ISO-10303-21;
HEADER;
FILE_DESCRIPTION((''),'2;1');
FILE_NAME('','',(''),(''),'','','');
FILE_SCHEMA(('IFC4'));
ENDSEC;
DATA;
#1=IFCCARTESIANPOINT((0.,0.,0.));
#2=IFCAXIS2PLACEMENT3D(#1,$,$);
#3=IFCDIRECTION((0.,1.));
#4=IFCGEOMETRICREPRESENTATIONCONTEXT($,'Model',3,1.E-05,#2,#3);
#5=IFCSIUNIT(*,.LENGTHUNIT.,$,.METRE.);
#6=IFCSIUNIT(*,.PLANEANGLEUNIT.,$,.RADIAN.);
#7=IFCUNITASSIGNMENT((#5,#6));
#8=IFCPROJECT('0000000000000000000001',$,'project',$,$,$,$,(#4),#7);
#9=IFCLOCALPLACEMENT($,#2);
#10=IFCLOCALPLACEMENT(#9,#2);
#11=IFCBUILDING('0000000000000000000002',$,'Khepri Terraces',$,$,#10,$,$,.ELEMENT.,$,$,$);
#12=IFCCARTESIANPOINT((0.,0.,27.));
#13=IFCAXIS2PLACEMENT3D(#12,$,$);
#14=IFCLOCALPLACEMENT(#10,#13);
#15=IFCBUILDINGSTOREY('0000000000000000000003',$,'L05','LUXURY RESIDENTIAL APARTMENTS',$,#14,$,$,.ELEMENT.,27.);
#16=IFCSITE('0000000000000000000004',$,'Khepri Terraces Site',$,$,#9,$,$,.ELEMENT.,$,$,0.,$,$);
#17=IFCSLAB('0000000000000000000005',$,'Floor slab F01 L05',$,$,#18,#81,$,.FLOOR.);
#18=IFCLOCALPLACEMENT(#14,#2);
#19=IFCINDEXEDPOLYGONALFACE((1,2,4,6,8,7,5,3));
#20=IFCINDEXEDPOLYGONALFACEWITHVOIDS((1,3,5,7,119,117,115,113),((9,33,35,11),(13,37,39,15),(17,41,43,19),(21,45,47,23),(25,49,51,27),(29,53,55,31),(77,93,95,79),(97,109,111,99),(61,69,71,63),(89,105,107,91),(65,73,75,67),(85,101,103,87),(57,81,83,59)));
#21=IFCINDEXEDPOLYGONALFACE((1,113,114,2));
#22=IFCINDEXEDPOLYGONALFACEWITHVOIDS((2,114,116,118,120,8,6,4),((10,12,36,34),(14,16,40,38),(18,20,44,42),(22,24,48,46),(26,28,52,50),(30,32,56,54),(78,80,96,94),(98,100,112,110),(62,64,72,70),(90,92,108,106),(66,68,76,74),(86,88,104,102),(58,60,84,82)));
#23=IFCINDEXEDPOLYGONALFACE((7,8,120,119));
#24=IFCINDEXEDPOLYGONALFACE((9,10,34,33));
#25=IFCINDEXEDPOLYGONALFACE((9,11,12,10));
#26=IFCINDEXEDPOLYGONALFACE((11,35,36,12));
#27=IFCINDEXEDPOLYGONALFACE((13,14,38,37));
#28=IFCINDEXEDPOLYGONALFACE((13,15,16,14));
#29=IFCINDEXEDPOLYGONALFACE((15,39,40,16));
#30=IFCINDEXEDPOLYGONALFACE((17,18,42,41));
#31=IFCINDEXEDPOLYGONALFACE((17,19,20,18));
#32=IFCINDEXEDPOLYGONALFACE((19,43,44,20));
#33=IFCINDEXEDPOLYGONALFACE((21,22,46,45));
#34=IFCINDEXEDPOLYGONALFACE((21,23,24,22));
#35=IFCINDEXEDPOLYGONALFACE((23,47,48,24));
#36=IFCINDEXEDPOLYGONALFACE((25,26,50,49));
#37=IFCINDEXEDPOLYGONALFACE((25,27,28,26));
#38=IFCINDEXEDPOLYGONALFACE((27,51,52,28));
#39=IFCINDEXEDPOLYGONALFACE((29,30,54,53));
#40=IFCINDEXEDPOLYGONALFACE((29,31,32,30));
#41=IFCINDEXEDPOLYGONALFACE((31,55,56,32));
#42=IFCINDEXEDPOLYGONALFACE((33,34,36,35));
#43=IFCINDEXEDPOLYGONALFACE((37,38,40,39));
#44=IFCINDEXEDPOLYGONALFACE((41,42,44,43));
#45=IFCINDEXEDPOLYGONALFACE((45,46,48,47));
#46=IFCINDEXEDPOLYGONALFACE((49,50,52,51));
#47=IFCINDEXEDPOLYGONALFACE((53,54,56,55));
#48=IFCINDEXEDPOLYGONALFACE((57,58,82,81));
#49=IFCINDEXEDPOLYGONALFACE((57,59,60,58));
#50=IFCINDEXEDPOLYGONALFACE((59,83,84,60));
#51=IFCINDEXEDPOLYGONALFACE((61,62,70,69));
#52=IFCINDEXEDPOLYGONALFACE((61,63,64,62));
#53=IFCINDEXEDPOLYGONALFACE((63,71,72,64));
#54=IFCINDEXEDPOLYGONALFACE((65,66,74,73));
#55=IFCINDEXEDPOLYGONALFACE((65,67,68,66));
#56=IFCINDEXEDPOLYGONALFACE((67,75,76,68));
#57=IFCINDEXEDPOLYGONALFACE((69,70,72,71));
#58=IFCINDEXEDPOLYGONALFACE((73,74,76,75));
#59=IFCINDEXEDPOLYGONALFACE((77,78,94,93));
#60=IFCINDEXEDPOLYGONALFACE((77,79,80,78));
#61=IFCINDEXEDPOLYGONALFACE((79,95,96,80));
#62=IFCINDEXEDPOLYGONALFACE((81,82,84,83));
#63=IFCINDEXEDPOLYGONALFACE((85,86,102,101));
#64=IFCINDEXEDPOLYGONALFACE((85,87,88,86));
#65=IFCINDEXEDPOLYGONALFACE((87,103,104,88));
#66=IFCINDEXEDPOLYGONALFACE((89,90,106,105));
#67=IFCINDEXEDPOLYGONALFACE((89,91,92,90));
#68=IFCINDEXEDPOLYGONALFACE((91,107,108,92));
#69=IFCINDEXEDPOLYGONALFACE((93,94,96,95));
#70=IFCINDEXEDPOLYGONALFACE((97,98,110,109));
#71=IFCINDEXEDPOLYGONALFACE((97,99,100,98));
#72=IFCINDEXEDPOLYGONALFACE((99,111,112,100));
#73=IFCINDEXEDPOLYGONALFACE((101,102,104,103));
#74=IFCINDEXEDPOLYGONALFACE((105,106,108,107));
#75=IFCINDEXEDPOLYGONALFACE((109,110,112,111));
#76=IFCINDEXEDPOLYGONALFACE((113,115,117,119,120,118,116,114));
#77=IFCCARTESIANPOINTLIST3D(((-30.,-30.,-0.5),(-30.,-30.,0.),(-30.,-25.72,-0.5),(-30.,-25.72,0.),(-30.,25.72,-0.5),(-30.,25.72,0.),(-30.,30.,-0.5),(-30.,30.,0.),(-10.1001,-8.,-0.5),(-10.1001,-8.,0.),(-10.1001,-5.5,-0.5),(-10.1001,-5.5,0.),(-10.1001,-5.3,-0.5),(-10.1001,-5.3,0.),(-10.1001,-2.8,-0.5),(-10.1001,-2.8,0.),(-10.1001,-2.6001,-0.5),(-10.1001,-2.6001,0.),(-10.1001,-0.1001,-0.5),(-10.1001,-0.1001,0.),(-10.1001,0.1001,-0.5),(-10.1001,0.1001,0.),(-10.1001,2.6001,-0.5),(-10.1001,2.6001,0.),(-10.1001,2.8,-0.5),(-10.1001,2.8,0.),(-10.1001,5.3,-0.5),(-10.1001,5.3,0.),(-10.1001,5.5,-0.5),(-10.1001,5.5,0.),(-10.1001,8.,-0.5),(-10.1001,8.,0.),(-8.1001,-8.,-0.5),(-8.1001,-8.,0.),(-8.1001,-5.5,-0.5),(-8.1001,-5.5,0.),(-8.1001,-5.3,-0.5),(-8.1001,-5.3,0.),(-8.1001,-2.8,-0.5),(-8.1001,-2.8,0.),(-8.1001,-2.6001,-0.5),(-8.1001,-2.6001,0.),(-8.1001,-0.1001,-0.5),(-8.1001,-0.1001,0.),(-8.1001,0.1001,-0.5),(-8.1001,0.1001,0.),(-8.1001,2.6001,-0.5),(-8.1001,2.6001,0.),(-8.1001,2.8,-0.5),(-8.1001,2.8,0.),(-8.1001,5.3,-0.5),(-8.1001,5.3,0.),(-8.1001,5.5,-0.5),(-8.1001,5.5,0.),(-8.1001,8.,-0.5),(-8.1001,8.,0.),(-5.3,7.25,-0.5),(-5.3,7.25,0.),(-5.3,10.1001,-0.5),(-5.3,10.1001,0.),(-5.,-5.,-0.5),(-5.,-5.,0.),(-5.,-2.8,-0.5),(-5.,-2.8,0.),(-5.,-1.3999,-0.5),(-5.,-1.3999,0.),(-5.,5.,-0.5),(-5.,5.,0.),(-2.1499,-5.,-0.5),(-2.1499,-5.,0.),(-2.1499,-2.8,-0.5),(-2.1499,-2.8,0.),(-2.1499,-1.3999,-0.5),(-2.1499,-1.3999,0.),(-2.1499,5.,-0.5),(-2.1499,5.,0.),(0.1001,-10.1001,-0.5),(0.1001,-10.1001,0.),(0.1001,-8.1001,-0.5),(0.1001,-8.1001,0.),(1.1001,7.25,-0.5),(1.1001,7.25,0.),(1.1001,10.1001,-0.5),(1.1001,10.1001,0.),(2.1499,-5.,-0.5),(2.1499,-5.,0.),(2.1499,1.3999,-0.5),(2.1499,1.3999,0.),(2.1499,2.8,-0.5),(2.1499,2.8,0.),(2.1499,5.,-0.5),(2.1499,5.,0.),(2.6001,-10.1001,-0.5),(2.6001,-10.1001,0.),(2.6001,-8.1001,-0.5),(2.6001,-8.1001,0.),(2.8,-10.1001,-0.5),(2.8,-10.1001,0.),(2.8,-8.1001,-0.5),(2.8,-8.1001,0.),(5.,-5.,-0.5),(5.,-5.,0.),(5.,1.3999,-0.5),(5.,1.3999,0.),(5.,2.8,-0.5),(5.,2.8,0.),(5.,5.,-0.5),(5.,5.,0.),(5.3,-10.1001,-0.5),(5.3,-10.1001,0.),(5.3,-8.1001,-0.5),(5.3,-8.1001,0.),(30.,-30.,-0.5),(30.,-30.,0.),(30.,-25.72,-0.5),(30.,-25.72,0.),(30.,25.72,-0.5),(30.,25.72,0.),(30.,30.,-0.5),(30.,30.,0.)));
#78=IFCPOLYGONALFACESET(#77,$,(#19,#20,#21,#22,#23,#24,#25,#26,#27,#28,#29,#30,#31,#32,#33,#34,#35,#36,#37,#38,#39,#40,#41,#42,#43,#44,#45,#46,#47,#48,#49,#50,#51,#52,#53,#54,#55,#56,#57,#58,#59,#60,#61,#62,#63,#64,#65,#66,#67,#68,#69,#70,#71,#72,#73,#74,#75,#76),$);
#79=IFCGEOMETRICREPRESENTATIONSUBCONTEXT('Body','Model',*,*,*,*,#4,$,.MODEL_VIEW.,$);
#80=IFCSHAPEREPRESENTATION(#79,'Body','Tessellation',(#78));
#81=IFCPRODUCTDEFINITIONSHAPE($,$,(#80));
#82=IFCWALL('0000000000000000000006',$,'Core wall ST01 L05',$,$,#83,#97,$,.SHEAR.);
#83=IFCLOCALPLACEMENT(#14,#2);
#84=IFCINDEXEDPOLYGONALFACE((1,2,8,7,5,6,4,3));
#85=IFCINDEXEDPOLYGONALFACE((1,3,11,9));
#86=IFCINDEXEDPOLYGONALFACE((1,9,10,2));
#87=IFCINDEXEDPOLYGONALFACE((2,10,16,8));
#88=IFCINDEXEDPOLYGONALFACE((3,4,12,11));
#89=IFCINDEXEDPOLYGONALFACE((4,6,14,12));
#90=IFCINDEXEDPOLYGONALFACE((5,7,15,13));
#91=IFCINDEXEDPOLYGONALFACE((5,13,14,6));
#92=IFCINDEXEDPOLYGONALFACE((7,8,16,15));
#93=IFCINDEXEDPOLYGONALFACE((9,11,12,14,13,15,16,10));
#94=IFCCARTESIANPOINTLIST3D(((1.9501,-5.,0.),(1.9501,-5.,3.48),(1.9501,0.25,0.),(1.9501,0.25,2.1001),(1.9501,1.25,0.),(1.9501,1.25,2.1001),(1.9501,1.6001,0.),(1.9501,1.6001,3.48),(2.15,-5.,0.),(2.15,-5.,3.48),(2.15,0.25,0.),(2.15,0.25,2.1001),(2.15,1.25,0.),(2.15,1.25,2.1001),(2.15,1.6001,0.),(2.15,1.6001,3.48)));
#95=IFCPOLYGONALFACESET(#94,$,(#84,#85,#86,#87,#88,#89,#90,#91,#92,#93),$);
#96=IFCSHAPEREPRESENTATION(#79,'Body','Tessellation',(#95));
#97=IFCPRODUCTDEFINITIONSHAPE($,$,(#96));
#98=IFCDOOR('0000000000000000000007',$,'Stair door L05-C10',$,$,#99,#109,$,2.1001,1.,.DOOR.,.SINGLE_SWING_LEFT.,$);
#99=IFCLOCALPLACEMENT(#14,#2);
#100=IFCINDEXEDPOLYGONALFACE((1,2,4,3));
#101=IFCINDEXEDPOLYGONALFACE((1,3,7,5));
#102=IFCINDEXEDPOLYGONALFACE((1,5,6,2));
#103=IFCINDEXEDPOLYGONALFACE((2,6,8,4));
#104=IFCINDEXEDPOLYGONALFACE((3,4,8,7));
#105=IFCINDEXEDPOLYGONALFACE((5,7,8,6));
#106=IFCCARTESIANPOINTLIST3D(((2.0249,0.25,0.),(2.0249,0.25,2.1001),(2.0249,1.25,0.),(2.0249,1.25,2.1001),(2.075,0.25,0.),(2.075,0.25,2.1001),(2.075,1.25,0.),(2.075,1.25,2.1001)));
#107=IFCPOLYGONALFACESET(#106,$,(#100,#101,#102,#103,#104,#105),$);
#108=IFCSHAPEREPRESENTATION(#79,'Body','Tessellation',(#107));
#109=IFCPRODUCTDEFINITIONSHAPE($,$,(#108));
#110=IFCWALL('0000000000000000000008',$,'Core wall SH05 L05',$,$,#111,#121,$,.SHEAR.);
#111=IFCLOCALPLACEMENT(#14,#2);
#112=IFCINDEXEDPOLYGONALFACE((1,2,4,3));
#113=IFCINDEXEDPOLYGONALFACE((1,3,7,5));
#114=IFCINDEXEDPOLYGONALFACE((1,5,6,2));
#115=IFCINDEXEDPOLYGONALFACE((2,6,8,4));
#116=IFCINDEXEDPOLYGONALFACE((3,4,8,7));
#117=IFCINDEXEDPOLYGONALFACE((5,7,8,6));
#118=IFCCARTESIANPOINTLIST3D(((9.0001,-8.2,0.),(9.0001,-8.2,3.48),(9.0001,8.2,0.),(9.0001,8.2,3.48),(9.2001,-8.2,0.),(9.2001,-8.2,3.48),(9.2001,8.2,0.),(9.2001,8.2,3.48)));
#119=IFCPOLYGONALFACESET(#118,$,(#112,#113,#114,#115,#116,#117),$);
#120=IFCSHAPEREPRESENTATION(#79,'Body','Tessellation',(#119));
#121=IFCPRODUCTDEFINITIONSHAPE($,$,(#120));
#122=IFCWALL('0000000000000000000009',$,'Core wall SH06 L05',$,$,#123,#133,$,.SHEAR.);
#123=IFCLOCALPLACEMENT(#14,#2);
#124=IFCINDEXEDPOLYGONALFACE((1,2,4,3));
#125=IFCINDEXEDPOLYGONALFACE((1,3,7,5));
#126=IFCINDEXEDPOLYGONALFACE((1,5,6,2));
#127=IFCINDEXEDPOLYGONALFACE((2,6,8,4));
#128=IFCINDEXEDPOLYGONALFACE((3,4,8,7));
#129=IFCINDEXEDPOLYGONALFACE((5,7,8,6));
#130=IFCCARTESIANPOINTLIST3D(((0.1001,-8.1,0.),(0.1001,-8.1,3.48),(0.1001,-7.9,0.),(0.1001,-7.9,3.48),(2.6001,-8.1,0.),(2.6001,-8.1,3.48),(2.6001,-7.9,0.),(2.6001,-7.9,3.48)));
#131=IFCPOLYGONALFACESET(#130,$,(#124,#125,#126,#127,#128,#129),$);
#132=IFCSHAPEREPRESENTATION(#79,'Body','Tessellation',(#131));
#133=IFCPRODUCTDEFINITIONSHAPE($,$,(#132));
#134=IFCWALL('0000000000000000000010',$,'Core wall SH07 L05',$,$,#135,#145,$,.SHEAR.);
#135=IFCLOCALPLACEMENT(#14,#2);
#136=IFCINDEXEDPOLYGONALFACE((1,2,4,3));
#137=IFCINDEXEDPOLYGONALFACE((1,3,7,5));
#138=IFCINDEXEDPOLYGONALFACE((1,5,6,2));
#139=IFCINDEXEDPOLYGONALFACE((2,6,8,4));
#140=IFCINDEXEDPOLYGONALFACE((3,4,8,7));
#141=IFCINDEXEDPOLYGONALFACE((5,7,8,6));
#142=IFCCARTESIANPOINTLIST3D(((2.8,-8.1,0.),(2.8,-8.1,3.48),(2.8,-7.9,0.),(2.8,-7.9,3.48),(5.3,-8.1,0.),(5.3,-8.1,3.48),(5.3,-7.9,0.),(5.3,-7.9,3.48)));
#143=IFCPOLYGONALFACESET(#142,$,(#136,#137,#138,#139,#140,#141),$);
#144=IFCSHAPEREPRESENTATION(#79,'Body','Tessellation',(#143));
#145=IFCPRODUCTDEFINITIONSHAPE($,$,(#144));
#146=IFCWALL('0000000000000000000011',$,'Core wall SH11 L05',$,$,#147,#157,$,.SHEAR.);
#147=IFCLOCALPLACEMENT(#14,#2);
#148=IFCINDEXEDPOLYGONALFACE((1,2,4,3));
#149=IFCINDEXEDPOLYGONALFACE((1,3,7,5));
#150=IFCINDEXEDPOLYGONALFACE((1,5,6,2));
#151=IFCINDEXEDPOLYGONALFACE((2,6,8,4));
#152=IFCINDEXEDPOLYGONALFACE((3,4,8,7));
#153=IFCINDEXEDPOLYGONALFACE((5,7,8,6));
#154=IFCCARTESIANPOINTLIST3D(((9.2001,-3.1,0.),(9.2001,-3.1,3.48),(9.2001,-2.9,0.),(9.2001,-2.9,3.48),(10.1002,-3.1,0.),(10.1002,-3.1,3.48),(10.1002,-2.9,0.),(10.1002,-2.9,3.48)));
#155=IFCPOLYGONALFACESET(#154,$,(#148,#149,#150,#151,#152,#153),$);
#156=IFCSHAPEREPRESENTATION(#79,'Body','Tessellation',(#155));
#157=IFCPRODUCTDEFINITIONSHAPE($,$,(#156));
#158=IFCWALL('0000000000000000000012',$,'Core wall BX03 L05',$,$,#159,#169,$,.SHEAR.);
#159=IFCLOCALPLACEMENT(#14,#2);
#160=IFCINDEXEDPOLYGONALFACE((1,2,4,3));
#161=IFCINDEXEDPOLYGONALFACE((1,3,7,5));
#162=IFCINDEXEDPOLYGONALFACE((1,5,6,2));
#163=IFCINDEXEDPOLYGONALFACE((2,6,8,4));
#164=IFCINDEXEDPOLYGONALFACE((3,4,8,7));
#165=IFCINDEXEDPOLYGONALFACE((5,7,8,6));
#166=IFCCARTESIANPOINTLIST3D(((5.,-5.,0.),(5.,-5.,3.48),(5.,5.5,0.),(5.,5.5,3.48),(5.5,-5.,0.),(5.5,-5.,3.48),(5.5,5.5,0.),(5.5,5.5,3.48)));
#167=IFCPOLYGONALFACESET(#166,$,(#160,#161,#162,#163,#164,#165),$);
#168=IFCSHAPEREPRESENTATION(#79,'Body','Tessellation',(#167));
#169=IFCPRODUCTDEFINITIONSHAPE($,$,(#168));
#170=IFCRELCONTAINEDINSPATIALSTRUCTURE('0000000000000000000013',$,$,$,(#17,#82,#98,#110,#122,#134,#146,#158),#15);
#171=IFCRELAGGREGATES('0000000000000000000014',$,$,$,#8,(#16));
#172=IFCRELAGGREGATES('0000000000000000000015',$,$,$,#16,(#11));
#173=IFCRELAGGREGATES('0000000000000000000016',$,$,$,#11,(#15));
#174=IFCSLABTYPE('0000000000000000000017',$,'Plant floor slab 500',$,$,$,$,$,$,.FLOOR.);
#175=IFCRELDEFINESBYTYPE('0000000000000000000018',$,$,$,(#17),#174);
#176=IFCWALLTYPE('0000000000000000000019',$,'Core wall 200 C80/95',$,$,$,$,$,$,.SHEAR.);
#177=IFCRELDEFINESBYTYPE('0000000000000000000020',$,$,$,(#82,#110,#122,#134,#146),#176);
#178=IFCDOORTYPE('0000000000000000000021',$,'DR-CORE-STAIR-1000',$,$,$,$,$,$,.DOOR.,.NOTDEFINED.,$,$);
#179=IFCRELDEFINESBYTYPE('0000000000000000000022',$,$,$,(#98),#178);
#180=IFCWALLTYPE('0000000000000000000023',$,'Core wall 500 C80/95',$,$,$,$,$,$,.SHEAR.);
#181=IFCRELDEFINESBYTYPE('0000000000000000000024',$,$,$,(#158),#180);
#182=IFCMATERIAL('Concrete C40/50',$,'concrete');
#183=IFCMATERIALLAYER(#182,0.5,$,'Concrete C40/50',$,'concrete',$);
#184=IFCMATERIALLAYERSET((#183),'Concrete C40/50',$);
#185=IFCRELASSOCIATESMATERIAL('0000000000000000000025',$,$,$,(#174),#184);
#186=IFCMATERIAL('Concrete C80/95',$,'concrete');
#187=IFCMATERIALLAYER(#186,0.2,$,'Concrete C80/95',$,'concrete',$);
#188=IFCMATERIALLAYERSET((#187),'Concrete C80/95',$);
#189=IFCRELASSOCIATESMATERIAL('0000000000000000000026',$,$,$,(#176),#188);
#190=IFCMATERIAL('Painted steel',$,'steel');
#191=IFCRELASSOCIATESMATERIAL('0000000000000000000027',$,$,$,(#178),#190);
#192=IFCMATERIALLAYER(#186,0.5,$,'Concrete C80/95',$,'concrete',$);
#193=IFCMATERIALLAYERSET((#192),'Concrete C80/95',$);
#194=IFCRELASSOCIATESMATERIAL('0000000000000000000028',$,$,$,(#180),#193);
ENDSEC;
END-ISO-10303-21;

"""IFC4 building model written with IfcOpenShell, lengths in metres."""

from ifc_helpers import new_model, si_unit, direction, frame, frame_2d, origin, place, context, subcontext, project, spatial, polyline, rectangle, outline, extrude, material, layer, layer_set, type_object, element, fill, save


model = new_model("IFC4")

# Units and contexts
model_context = context("Model", 3, precision=1e-05, world=origin(), true_north=direction((0.0, 1.0)))
body_context = subcontext(model_context, "Body", "Model", "MODEL_VIEW")
ifc_project = project(units=[si_unit("LENGTHUNIT", "METRE"), si_unit("PLANEANGLEUNIT", "RADIAN")], contexts=[model_context])

# Site, building, storey
site_placement = place(None, origin())
site = spatial("IfcSite", under=ifc_project, at=site_placement, Name="Khepri Terraces Site", CompositionType="ELEMENT", RefElevation=0.0)
building_placement = place(site_placement, origin())
building = spatial("IfcBuilding", under=site, at=building_placement, Name="Khepri Terraces", CompositionType="ELEMENT")
storey_placement = place(building_placement, frame((0.0, 0.0, 27.0)))
storey = spatial("IfcBuildingStorey", under=building, at=storey_placement, Name="L05", Description="LUXURY RESIDENTIAL APARTMENTS", CompositionType="ELEMENT", Elevation=27.0)

# Slab
ifc_material_1 = material(Name="Concrete C40/50", Category="concrete")
ifc_layer_1 = layer(ifc_material_1, 0.5, Name="Concrete C40/50", Category="concrete")
ifc_layer_set_1 = layer_set([ifc_layer_1], Name="Concrete C40/50")
slab_type = type_object("IfcSlabType", Name="Plant floor slab 500", PredefinedType="FLOOR", material=ifc_layer_set_1)
slab_placement = place(storey_placement, frame((0.0, 0.0, -0.5)))
element("IfcSlab", 1, at=slab_placement, inside=storey, type_object=slab_type, Name="Floor slab F01 L05", PredefinedType="FLOOR", context=body_context, shape_type="SweptSolid", body=[
    extrude(outline(polyline([(30.0, -30.0), (-30.0, -30.0), (-30.0, -25.72), (-30.0, 25.72), (-30.0, 30.0), (30.0, 30.0), (30.0, 25.72), (30.0, -25.72), (30.0, -30.0)]), holes=[polyline([(5.0, 5.0), (2.1499, 5.0), (2.1499, 2.8), (5.0, 2.8), (5.0, 5.0)]), polyline([(-2.1499, -5.0), (-2.1499, -2.8), (-5.0, -2.8), (-5.0, -5.0), (-2.1499, -5.0)]), polyline([(-10.1001, -8.0), (-8.1001, -8.0), (-8.1001, -5.5), (-10.1001, -5.5), (-10.1001, -8.0)]), polyline([(-10.1001, -2.8), (-10.1001, -5.3), (-8.1001, -5.3), (-8.1001, -2.8), (-10.1001, -2.8)]), polyline([(-8.1001, -0.1001), (-10.1001, -0.1001), (-10.1001, -2.6001), (-8.1001, -2.6001), (-8.1001, -0.1001)]), polyline([(-8.1001, 0.1001), (-8.1001, 2.6001), (-10.1001, 2.6001), (-10.1001, 0.1001), (-8.1001, 0.1001)]), polyline([(-10.1001, 2.8), (-8.1001, 2.8), (-8.1001, 5.3), (-10.1001, 5.3), (-10.1001, 2.8)]), polyline([(-10.1001, 8.0), (-10.1001, 5.5), (-8.1001, 5.5), (-8.1001, 8.0), (-10.1001, 8.0)]), polyline([(2.6001, -8.1001), (0.1001, -8.1001), (0.1001, -10.1001), (2.6001, -10.1001), (2.6001, -8.1001)]), polyline([(5.3, -10.1001), (5.3, -8.1001), (2.8, -8.1001), (2.8, -10.1001), (5.3, -10.1001)]), polyline([(-5.0, -1.3999), (-2.1499, -1.3999), (-2.1499, 5.0), (-5.0, 5.0), (-5.0, -1.3999)]), polyline([(5.0, -5.0), (5.0, 1.3999), (2.1499, 1.3999), (2.1499, -5.0), (5.0, -5.0)]), polyline([(-5.3, 10.1001), (-5.3, 7.25), (1.1001, 7.25), (1.1001, 10.1001), (-5.3, 10.1001)])]), origin(), (0.0, 0.0, 1.0), 0.5),
])

# Wall, opening, door
ifc_material_2 = material(Name="Concrete C80/95", Category="concrete")
ifc_layer_2 = layer(ifc_material_2, 0.2, Name="Concrete C80/95", Category="concrete")
ifc_layer_set_2 = layer_set([ifc_layer_2], Name="Concrete C80/95")
wall_type_1 = type_object("IfcWallType", Name="Core wall 200 C80/95", PredefinedType="SHEAR", material=ifc_layer_set_2)
wall_1_placement = place(storey_placement, frame((2.05, -5.0, 0.0), z_axis=(0.0, 0.0, 1.0), x_axis=(0.0, 1.0, 0.0)))
wall_1 = element("IfcWall", 2, at=wall_1_placement, inside=storey, type_object=wall_type_1, Name="Core wall ST01 L05", PredefinedType="SHEAR", context=body_context, shape_type="SweptSolid", body=[
    extrude(rectangle(XDim=6.6001, YDim=0.2, at=frame_2d((3.3, 0.0))), origin(), (0.0, 0.0, 1.0), 3.48),
])
opening_1_placement = place(wall_1_placement, frame((5.25, 0.0, 0.0)))
opening_1 = element("IfcOpeningElement", 3, at=opening_1_placement, cuts=wall_1, PredefinedType="OPENING", context=body_context, shape_type="SweptSolid", body=[
    extrude(rectangle(XDim=1.0, YDim=2.1001, at=frame_2d((0.5, 1.05))), frame((0.0, 0.1099, 0.0), z_axis=(0.0, -1.0, 0.0), x_axis=(1.0, 0.0, 0.0)), (0.0, 0.0, 1.0), 0.22),
])
ifc_material_3 = material(Name="Painted steel", Category="steel")
door_type_1 = type_object("IfcDoorType", Name="DR-CORE-STAIR-1000", OperationType="NOTDEFINED", PredefinedType="DOOR", material=ifc_material_3)
door_1_placement = place(opening_1_placement, frame((1.0, 0.0, 0.0), z_axis=(0.0, 0.0, 1.0), x_axis=(-1.0, 0.0, 0.0)))
door_1 = element("IfcDoor", 4, at=door_1_placement, inside=storey, type_object=door_type_1, Name="Stair door L05-C10", OperationType="SINGLE_SWING_LEFT", OverallHeight=2.1001, OverallWidth=1.0, PredefinedType="DOOR", context=body_context, shape_type="SweptSolid", body=[
    extrude(rectangle(XDim=1.0, YDim=2.1001, at=frame_2d((0.5, 1.05))), frame((0.0, 0.0249, 0.0), z_axis=(0.0, -1.0, 0.0), x_axis=(1.0, 0.0, 0.0)), (0.0, 0.0, 1.0), 0.05),
])
fill(opening_1, door_1)

# Walls
wall_2_placement = place(storey_placement, frame((9.1001, -8.2, 0.0), z_axis=(0.0, 0.0, 1.0), x_axis=(0.0, 1.0, 0.0)))
element("IfcWall", 5, at=wall_2_placement, inside=storey, type_object=wall_type_1, Name="Core wall SH05 L05", PredefinedType="SHEAR", context=body_context, shape_type="SweptSolid", body=[
    extrude(rectangle(XDim=16.3999, YDim=0.2, at=frame_2d((8.2, 0.0))), origin(), (0.0, 0.0, 1.0), 3.48),
])
for number, where, z_axis, x_axis, name in (
    (6, (0.1001, -8.0, 0.0), (0.0, 0.0, 1.0), (1.0, 0.0, 0.0), "Core wall SH06 L05"),
    (7, (2.8, -8.0, 0.0), (0.0, 0.0, 1.0), (1.0, 0.0, 0.0), "Core wall SH07 L05"),
):
    element("IfcWall", number, at=place(storey_placement, frame(where, z_axis=z_axis, x_axis=x_axis)), inside=storey, type_object=wall_type_1, Name=name, PredefinedType="SHEAR", context=body_context, shape_type="SweptSolid", body=[
        extrude(rectangle(XDim=2.5, YDim=0.2, at=frame_2d((1.25, 0.0))), origin(), (0.0, 0.0, 1.0), 3.48),
    ])
wall_3_placement = place(storey_placement, frame((9.2, -3.0, 0.0), z_axis=(0.0, 0.0, 1.0), x_axis=(1.0, 0.0, 0.0)))
element("IfcWall", 8, at=wall_3_placement, inside=storey, type_object=wall_type_1, Name="Core wall SH11 L05", PredefinedType="SHEAR", context=body_context, shape_type="SweptSolid", body=[
    extrude(rectangle(XDim=0.9001, YDim=0.2, at=frame_2d((0.4502, 0.0))), origin(), (0.0, 0.0, 1.0), 3.48),
])
ifc_layer_3 = layer(ifc_material_2, 0.5, Name="Concrete C80/95", Category="concrete")
ifc_layer_set_3 = layer_set([ifc_layer_3], Name="Concrete C80/95")
wall_type_2 = type_object("IfcWallType", Name="Core wall 500 C80/95", PredefinedType="SHEAR", material=ifc_layer_set_3)
wall_4_placement = place(storey_placement, frame((5.25, -5.0, 0.0), z_axis=(0.0, 0.0, 1.0), x_axis=(0.0, 1.0, 0.0)))
element("IfcWall", 9, at=wall_4_placement, inside=storey, type_object=wall_type_2, Name="Core wall BX03 L05", PredefinedType="SHEAR", context=body_context, shape_type="SweptSolid", body=[
    extrude(rectangle(XDim=10.5, YDim=0.5, at=frame_2d((5.25, 0.0))), origin(), (0.0, 0.0, 1.0), 3.48),
])

save(model, "model.ifc")
